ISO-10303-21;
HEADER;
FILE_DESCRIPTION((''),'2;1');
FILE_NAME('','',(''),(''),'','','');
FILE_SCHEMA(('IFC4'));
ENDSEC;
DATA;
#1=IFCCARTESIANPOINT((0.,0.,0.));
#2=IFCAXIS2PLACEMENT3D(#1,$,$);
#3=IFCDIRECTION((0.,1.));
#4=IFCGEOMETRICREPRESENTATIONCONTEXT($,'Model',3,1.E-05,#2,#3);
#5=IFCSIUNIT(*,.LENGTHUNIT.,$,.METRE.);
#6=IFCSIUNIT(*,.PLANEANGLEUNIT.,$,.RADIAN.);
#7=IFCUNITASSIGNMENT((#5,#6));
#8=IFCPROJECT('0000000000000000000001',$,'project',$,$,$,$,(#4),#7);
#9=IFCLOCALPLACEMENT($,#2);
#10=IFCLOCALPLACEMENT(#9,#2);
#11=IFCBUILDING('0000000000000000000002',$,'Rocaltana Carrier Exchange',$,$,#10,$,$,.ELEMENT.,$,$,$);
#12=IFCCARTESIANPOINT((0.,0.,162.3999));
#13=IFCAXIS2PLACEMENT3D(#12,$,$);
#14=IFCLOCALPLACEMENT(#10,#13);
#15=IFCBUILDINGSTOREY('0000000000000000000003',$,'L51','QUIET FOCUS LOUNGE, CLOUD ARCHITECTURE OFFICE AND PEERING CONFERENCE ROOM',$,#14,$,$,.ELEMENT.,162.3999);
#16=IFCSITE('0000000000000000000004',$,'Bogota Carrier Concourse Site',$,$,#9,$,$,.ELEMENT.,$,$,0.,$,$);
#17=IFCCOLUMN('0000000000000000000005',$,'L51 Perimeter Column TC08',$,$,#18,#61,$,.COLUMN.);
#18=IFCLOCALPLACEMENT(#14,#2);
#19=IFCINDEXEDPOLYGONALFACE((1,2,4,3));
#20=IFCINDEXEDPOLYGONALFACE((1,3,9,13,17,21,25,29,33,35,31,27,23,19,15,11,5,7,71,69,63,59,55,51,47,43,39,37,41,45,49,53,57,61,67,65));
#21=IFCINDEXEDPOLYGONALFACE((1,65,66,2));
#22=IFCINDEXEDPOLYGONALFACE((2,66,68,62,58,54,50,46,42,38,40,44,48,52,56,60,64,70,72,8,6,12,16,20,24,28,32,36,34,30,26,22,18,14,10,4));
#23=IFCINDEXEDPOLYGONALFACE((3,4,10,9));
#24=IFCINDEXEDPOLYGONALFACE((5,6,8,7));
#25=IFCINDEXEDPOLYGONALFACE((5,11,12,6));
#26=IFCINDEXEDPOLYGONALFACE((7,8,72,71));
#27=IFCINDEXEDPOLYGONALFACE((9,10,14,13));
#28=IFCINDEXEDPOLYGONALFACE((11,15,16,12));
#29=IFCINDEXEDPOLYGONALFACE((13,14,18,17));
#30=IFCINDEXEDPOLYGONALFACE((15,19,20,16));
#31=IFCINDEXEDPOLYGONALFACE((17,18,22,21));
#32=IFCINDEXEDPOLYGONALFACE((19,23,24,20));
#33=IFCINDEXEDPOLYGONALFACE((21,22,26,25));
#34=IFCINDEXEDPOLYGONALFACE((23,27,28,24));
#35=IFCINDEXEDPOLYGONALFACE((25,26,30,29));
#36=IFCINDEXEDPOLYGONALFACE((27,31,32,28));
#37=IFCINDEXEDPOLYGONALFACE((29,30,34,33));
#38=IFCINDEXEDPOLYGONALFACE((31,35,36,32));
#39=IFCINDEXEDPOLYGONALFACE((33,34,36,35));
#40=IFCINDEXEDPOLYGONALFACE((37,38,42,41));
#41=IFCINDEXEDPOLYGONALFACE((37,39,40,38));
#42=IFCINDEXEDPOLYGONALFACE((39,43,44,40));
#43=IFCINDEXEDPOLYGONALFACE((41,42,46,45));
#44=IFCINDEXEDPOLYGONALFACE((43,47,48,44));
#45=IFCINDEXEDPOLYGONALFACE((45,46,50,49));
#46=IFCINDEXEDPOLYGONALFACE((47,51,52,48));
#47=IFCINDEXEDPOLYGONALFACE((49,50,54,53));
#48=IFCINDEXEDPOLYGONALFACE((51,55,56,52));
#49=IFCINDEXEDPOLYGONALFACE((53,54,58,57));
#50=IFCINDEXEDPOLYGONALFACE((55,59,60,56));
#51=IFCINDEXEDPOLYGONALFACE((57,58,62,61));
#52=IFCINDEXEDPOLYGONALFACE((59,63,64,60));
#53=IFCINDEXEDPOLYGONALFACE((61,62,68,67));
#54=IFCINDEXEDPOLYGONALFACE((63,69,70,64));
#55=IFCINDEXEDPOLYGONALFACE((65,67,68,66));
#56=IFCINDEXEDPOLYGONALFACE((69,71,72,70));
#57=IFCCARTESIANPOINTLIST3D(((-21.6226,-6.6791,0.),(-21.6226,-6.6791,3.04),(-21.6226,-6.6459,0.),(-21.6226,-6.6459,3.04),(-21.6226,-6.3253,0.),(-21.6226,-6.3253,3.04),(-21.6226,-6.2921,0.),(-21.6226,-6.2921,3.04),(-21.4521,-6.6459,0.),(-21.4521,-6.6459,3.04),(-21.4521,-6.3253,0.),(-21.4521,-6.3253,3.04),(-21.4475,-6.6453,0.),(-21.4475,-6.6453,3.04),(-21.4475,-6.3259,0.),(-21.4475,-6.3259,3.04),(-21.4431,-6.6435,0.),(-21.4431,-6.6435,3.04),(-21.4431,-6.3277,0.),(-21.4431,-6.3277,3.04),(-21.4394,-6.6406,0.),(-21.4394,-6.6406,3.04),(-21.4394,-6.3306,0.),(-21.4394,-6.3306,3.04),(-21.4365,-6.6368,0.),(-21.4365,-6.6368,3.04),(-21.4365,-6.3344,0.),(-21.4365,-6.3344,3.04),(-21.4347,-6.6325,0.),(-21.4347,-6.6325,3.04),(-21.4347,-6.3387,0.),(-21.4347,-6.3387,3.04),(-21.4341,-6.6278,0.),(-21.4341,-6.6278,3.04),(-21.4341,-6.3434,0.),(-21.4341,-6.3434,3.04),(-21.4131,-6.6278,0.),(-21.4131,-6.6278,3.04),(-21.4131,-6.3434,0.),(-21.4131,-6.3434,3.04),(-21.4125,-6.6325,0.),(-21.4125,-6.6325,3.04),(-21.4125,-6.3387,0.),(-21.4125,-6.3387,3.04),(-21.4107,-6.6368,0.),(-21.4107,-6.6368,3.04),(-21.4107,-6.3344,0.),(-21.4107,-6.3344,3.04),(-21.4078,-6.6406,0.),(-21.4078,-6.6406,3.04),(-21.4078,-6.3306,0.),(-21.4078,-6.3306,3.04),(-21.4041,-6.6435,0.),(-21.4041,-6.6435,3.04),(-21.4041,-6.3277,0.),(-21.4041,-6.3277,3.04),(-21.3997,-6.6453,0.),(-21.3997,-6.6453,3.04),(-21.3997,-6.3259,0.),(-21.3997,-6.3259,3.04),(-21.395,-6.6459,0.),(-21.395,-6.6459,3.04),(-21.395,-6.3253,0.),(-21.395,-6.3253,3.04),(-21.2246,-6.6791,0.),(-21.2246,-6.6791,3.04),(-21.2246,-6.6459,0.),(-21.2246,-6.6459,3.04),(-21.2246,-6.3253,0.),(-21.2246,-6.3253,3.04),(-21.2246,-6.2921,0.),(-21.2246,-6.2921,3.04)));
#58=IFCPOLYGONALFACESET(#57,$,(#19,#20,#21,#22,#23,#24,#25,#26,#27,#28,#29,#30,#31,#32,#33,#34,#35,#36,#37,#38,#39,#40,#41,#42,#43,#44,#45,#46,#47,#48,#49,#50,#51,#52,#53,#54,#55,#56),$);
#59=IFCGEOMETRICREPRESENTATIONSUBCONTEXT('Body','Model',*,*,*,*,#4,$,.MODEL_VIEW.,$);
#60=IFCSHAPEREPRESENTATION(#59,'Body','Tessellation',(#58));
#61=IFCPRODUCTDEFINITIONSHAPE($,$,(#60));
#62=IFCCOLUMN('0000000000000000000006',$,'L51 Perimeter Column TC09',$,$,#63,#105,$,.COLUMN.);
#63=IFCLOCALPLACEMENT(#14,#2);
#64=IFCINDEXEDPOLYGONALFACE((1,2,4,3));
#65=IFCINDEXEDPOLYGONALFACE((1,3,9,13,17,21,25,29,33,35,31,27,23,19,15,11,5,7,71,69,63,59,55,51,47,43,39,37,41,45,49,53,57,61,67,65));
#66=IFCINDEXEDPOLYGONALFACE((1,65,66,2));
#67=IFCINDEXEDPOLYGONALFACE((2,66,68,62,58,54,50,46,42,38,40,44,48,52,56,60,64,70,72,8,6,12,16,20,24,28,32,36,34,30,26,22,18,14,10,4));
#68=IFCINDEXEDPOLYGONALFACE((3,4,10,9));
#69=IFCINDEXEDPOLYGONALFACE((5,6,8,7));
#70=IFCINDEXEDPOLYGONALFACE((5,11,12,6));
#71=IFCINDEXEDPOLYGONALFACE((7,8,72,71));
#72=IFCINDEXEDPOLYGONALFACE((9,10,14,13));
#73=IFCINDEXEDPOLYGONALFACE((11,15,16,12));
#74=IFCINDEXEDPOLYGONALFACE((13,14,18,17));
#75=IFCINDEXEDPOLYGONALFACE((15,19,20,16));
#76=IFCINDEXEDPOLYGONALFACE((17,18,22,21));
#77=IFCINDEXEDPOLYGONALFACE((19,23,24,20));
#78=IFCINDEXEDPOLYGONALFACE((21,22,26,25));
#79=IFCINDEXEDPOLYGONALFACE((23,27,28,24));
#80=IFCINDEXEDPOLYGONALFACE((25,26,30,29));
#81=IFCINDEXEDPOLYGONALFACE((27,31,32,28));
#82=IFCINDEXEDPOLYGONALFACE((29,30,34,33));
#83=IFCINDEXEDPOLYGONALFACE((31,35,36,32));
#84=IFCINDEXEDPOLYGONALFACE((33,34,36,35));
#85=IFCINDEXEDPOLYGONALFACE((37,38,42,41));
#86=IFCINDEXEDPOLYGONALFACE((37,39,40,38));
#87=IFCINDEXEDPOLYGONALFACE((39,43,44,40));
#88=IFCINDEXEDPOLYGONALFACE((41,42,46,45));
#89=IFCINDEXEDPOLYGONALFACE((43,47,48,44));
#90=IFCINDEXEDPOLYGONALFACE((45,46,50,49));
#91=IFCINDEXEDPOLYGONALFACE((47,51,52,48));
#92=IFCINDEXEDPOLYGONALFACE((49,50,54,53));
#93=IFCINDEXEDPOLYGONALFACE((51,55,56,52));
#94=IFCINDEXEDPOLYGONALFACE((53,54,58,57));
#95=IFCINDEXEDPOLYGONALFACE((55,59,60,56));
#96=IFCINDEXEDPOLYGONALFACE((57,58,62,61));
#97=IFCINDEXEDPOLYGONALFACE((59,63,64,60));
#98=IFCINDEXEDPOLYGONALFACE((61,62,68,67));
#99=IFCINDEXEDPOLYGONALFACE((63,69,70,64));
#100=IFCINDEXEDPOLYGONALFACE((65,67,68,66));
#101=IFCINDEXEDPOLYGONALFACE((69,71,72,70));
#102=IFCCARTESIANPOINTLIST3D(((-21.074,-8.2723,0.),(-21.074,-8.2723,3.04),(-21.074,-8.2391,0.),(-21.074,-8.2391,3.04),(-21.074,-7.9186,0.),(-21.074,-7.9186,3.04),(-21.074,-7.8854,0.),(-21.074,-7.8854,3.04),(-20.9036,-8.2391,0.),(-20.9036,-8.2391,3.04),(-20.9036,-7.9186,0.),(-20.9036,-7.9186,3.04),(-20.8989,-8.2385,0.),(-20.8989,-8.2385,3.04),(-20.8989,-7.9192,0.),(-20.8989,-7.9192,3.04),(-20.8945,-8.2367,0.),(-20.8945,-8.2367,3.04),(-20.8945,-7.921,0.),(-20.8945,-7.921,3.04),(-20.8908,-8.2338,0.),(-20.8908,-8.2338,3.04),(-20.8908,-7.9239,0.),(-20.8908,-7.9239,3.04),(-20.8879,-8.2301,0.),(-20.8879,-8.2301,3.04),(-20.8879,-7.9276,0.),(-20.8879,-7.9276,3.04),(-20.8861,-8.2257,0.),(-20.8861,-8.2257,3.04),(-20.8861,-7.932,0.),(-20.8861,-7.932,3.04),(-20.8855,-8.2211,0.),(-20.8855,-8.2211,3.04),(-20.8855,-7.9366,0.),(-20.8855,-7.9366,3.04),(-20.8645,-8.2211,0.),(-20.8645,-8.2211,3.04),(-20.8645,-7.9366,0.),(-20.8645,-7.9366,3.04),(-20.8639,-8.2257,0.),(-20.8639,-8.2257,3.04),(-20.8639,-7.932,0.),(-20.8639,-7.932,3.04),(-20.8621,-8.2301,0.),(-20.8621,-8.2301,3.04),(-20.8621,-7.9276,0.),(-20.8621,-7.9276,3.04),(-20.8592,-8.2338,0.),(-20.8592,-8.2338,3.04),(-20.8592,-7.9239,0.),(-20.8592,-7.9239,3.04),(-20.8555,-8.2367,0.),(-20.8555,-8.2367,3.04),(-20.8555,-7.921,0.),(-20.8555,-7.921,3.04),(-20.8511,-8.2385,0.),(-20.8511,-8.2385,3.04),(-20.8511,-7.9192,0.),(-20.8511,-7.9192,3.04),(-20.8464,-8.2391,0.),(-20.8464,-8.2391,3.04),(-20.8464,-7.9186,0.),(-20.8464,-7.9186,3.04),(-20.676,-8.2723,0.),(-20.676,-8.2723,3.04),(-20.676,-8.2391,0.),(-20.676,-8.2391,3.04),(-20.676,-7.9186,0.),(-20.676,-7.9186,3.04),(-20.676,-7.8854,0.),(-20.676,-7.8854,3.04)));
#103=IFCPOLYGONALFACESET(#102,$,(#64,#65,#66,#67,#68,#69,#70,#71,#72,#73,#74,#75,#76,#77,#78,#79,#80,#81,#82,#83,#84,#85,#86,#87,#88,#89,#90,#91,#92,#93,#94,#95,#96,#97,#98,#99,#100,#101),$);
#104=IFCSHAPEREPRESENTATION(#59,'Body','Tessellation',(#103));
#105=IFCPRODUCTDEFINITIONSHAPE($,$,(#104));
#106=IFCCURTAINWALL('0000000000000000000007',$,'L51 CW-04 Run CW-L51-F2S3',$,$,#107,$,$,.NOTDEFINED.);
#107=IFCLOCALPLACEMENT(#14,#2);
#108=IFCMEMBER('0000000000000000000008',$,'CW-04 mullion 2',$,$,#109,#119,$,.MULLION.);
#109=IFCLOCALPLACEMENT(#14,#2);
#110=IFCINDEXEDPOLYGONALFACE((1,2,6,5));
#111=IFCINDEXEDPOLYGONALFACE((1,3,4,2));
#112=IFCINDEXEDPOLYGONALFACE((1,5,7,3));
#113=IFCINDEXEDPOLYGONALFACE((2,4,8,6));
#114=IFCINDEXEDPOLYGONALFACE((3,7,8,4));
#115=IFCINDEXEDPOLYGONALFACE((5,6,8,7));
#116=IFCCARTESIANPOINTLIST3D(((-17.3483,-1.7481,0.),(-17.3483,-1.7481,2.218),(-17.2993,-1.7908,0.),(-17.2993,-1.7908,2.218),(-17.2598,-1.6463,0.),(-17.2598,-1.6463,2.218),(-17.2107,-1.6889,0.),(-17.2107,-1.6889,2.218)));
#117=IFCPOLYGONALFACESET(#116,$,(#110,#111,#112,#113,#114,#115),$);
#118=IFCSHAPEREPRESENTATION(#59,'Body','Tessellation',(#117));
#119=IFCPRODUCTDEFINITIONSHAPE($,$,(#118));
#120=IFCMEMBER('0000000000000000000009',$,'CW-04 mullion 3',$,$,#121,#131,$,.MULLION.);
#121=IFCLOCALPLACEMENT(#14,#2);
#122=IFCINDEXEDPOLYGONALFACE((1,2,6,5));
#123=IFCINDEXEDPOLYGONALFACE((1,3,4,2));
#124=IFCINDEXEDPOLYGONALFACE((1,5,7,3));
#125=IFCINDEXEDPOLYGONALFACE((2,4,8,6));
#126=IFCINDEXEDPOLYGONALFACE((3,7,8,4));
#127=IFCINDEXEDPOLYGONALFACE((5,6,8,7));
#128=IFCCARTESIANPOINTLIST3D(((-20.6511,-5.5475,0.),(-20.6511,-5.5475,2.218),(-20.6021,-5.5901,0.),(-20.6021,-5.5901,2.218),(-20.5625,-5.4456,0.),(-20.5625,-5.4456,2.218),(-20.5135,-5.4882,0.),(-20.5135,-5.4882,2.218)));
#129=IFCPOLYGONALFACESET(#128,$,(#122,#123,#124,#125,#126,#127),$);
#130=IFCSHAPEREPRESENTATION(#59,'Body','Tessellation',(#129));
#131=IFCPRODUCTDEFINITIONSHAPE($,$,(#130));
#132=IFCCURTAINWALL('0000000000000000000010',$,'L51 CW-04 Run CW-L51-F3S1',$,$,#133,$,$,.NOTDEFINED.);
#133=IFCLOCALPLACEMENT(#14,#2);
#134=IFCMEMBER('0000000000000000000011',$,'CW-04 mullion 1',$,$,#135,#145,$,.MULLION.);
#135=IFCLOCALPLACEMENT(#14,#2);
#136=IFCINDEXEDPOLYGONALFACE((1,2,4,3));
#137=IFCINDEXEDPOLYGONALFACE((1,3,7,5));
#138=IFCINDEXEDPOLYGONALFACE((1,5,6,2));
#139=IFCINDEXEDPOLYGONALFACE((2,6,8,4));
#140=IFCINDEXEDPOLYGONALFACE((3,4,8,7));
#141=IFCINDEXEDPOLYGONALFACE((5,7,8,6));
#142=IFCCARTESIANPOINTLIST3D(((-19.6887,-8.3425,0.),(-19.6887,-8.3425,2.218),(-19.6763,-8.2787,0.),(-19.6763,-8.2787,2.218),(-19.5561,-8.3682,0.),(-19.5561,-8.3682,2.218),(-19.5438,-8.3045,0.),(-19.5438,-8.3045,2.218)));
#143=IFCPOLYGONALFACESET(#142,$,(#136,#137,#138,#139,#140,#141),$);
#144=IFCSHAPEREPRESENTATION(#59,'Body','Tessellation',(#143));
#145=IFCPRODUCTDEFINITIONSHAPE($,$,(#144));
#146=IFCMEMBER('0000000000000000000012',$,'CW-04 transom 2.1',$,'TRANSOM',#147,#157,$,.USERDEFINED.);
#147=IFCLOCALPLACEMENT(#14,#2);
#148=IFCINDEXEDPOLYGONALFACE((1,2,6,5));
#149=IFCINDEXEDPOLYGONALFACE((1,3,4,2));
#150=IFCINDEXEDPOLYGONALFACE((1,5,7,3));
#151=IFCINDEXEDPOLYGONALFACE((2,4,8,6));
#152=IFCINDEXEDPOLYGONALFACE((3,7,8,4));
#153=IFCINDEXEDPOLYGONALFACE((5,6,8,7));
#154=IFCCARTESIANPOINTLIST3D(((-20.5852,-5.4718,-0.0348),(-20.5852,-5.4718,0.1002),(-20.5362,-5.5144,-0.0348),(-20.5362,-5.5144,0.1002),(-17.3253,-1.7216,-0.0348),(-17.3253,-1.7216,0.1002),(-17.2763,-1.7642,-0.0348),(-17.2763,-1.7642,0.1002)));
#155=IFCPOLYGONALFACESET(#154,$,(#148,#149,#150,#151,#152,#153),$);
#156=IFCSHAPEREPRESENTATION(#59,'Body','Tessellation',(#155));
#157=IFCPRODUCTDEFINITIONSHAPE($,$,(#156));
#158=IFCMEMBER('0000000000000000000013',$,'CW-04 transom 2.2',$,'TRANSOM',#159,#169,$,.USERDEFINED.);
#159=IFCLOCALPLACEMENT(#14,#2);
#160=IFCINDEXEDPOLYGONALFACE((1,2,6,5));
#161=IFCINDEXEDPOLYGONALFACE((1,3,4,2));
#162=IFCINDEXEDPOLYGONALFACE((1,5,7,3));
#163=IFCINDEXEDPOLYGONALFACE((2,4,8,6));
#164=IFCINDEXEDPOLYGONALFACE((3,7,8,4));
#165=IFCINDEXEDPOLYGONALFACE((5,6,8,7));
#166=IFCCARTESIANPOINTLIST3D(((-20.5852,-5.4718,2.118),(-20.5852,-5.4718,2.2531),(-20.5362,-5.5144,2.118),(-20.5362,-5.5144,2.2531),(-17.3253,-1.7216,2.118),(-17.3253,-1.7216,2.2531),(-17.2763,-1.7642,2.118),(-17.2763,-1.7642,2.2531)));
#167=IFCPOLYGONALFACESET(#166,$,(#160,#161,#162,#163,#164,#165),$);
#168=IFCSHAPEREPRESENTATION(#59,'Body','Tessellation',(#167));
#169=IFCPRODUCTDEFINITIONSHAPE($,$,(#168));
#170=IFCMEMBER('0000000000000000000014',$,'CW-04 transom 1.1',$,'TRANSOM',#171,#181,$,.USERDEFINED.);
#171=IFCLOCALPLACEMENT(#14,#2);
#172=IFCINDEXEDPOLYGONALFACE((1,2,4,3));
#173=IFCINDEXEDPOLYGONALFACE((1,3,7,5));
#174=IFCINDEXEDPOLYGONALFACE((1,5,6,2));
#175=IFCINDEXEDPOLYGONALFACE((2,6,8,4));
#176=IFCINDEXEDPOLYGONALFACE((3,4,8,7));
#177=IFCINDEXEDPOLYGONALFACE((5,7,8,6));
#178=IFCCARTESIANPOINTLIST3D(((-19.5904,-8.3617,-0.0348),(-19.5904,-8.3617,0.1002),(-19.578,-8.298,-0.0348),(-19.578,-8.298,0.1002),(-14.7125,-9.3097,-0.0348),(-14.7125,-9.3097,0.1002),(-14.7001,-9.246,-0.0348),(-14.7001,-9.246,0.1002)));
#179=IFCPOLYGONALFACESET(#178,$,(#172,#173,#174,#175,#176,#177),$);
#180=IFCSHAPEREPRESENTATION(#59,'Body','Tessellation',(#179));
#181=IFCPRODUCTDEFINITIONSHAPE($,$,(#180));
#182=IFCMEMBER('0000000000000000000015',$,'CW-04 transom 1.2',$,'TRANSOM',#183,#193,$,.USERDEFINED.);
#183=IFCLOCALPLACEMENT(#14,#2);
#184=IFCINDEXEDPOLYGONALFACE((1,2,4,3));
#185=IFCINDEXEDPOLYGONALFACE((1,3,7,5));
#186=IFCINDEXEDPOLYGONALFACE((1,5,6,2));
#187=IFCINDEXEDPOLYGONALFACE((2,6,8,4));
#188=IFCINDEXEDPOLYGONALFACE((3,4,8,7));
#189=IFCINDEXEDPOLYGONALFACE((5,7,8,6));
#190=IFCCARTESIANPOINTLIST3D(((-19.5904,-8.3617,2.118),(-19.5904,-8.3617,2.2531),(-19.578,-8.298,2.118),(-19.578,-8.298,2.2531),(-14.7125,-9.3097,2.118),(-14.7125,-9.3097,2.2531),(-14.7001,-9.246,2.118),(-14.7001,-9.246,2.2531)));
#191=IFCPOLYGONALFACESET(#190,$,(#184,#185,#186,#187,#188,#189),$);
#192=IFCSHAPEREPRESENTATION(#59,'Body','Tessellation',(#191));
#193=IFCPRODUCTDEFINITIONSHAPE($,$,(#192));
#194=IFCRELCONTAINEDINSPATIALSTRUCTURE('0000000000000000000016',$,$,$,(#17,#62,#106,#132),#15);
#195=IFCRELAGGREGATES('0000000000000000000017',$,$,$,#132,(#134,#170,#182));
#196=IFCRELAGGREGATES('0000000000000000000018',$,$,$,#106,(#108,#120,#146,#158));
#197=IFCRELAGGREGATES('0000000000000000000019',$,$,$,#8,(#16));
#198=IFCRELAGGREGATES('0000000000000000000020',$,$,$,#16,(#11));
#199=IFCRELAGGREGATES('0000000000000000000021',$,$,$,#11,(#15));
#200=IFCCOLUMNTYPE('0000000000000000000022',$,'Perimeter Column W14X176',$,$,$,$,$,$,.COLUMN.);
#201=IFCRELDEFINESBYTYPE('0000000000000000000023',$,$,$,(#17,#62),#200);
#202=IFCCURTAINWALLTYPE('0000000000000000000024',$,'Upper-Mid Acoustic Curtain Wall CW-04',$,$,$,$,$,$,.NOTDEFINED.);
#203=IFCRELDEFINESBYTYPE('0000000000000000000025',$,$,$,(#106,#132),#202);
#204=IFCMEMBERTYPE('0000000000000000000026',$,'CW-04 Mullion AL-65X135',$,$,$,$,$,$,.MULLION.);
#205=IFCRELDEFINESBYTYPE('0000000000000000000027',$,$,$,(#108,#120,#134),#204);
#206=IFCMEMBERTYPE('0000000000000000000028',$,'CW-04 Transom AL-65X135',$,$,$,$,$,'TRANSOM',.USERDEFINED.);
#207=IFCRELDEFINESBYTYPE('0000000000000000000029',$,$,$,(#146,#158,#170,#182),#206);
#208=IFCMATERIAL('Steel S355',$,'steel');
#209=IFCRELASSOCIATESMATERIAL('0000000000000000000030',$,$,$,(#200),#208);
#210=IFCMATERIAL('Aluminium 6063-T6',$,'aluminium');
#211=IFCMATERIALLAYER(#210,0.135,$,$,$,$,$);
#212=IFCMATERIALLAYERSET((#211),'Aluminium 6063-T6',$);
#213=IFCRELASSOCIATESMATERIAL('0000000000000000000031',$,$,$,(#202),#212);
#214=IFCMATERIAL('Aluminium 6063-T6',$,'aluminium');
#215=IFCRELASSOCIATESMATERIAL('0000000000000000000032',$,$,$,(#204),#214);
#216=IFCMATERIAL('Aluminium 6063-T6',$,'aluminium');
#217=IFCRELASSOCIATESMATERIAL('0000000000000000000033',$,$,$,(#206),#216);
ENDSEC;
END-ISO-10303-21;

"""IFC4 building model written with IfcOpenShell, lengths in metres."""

from ifc_helpers import new_model, si_unit, direction, frame, origin, origin_2d, place, context, subcontext, project, spatial, rectangle, i_section, extrude, material, layer, layer_set, material_profile, profile_set, type_object, element, aggregate, save


model = new_model("IFC4")

# Units and contexts
model_context = context("Model", 3, precision=1e-05, world=origin(), true_north=direction((0.0, 1.0)))
body_context = subcontext(model_context, "Body", "Model", "MODEL_VIEW")
ifc_project = project(units=[si_unit("LENGTHUNIT", "METRE"), si_unit("PLANEANGLEUNIT", "RADIAN")], contexts=[model_context])

# Site, building, storey
site_placement = place(None, origin())
site = spatial("IfcSite", under=ifc_project, at=site_placement, Name="Bogota Carrier Concourse Site", CompositionType="ELEMENT", RefElevation=0.0)
building_placement = place(site_placement, origin())
building = spatial("IfcBuilding", under=site, at=building_placement, Name="Rocaltana Carrier Exchange", CompositionType="ELEMENT")
storey_placement = place(building_placement, frame((0.0, 0.0, 162.3999)))
storey = spatial("IfcBuildingStorey", under=building, at=storey_placement, Name="L51", Description="QUIET FOCUS LOUNGE, CLOUD ARCHITECTURE OFFICE AND PEERING CONFERENCE ROOM", CompositionType="ELEMENT", Elevation=162.3999)

# Columns
ifc_material_1 = material(Name="Steel S355", Category="steel")
ifc_material_profile_1 = material_profile(ifc_material_1, i_section(OverallWidth=0.3979, OverallDepth=0.387, WebThickness=0.021, FlangeThickness=0.0332, FilletRadius=0.0181, at=origin_2d()), Name="W14X176")
ifc_profile_set_1 = profile_set([ifc_material_profile_1], Name="Steel S355")
column_type = type_object("IfcColumnType", Name="Perimeter Column W14X176", PredefinedType="COLUMN", material=ifc_profile_set_1)
for number, where, z_axis, x_axis, name in (
    (1, (-21.4236, -6.4856, 0.0), (0.0, 0.0, 1.0), (1.0, 0.0, 0.0), "L51 Perimeter Column TC08"),
    (2, (-20.875, -8.0789, 0.0), (0.0, 0.0, 1.0), (1.0, 0.0, 0.0), "L51 Perimeter Column TC09"),
):
    element("IfcColumn", number, at=place(storey_placement, frame(where, z_axis=z_axis, x_axis=x_axis)), inside=storey, type_object=column_type, Name=name, PredefinedType="COLUMN", context=body_context, shape_type="SweptSolid", body=[
        extrude(i_section(OverallWidth=0.3979, OverallDepth=0.387, WebThickness=0.021, FlangeThickness=0.0332, FilletRadius=0.0181, at=origin_2d()), origin(), (0.0, 0.0, 1.0), 3.04),
    ])

# Curtain wall, members
ifc_material_2 = material(Name="Aluminium 6063-T6", Category="aluminium")
ifc_layer_1 = layer(ifc_material_2, 0.135)
ifc_layer_set_1 = layer_set([ifc_layer_1], Name="Aluminium 6063-T6")
curtain_wall_type = type_object("IfcCurtainWallType", Name="Upper-Mid Acoustic Curtain Wall CW-04", PredefinedType="NOTDEFINED", material=ifc_layer_set_1)
curtain_wall_1_placement = place(storey_placement, origin())
curtain_wall_1 = element("IfcCurtainWall", 3, at=curtain_wall_1_placement, inside=storey, type_object=curtain_wall_type, Name="L51 CW-04 Run CW-L51-F2S3", PredefinedType="NOTDEFINED")
ifc_material_3 = material(Name="Aluminium 6063-T6", Category="aluminium")
ifc_material_profile_2 = material_profile(ifc_material_3, rectangle(XDim=0.0649, YDim=0.135, at=origin_2d()), Name="AL-65X135")
ifc_profile_set_2 = profile_set([ifc_material_profile_2], Name="Aluminium 6063-T6")
member_type_1 = type_object("IfcMemberType", Name="CW-04 Mullion AL-65X135", PredefinedType="MULLION", material=ifc_profile_set_2)
member_1_placement = place(storey_placement, frame((-17.2795, -1.7185, 0.0), z_axis=(0.0, 0.0, 1.0), x_axis=(0.754712, -0.656057, 0.0)))
member_1 = element("IfcMember", 4, at=member_1_placement, type_object=member_type_1, Name="CW-04 mullion 2", PredefinedType="MULLION", context=body_context, shape_type="SweptSolid", body=[
    extrude(rectangle(XDim=0.0649, YDim=0.135, at=origin_2d()), origin(), (0.0, 0.0, 1.0), 2.218),
])
member_2_placement = place(storey_placement, frame((-20.5823, -5.5178, 0.0), z_axis=(0.0, 0.0, 1.0), x_axis=(0.754712, -0.656057, 0.0)))
member_2 = element("IfcMember", 5, at=member_2_placement, type_object=member_type_1, Name="CW-04 mullion 3", PredefinedType="MULLION", context=body_context, shape_type="SweptSolid", body=[
    extrude(rectangle(XDim=0.0649, YDim=0.135, at=origin_2d()), origin(), (0.0, 0.0, 1.0), 2.218),
])

# Curtain wall, member
curtain_wall_2_placement = place(storey_placement, origin())
curtain_wall_2 = element("IfcCurtainWall", 6, at=curtain_wall_2_placement, inside=storey, type_object=curtain_wall_type, Name="L51 CW-04 Run CW-L51-F3S1", PredefinedType="NOTDEFINED")
member_3_placement = place(storey_placement, frame((-19.6162, -8.3235, 0.0), z_axis=(0.0, 0.0, 1.0), x_axis=(0.190803, 0.981628, 0.0)))
member_3 = element("IfcMember", 7, at=member_3_placement, type_object=member_type_1, Name="CW-04 mullion 1", PredefinedType="MULLION", context=body_context, shape_type="SweptSolid", body=[
    extrude(rectangle(XDim=0.0649, YDim=0.135, at=origin_2d()), origin(), (0.0, 0.0, 1.0), 2.218),
])

# Members
ifc_material_4 = material(Name="Aluminium 6063-T6", Category="aluminium")
ifc_material_profile_3 = material_profile(ifc_material_4, rectangle(XDim=0.0649, YDim=0.135, at=origin_2d()), Name="AL-65X135")
ifc_profile_set_3 = profile_set([ifc_material_profile_3], Name="Aluminium 6063-T6")
member_type_2 = type_object("IfcMemberType", Name="CW-04 Transom AL-65X135", ElementType="TRANSOM", PredefinedType="USERDEFINED", material=ifc_profile_set_3)
member_4_placement = place(storey_placement, frame((-17.3008, -1.7429, 0.0327), z_axis=(-0.656056, -0.754712, 0.0), x_axis=(0.754712, -0.656056, 0.0)))
member_4 = element("IfcMember", 8, at=member_4_placement, type_object=member_type_2, Name="CW-04 transom 2.1", ObjectType="TRANSOM", PredefinedType="USERDEFINED", context=body_context, shape_type="SweptSolid", body=[
    extrude(rectangle(XDim=0.0649, YDim=0.135, at=origin_2d()), origin(), (0.0, 0.0, 1.0), 4.969),
])
member_5_placement = place(storey_placement, frame((-17.3008, -1.7429, 2.1855), z_axis=(-0.656056, -0.754712, 0.0), x_axis=(0.754712, -0.656056, 0.0)))
member_5 = element("IfcMember", 9, at=member_5_placement, type_object=member_type_2, Name="CW-04 transom 2.2", ObjectType="TRANSOM", PredefinedType="USERDEFINED", context=body_context, shape_type="SweptSolid", body=[
    extrude(rectangle(XDim=0.0649, YDim=0.135, at=origin_2d()), origin(), (0.0, 0.0, 1.0), 4.969),
])
member_6_placement = place(storey_placement, frame((-19.5842, -8.3298, 0.0327), z_axis=(0.981634, -0.190775, 0.0), x_axis=(0.190775, 0.981634, 0.0)))
member_6 = element("IfcMember", 10, at=member_6_placement, type_object=member_type_2, Name="CW-04 transom 1.1", ObjectType="TRANSOM", PredefinedType="USERDEFINED", context=body_context, shape_type="SweptSolid", body=[
    extrude(rectangle(XDim=0.0649, YDim=0.135, at=origin_2d()), origin(), (0.0, 0.0, 1.0), 4.9692),
])
member_7_placement = place(storey_placement, frame((-19.5842, -8.3298, 2.1855), z_axis=(0.981634, -0.190775, 0.0), x_axis=(0.190775, 0.981634, 0.0)))
member_7 = element("IfcMember", 11, at=member_7_placement, type_object=member_type_2, Name="CW-04 transom 1.2", ObjectType="TRANSOM", PredefinedType="USERDEFINED", context=body_context, shape_type="SweptSolid", body=[
    extrude(rectangle(XDim=0.0649, YDim=0.135, at=origin_2d()), origin(), (0.0, 0.0, 1.0), 4.9692),
])
aggregate(curtain_wall_2, [member_3, member_6, member_7])

aggregate(curtain_wall_1, [member_1, member_2, member_4, member_5])

save(model, "model.ifc")
